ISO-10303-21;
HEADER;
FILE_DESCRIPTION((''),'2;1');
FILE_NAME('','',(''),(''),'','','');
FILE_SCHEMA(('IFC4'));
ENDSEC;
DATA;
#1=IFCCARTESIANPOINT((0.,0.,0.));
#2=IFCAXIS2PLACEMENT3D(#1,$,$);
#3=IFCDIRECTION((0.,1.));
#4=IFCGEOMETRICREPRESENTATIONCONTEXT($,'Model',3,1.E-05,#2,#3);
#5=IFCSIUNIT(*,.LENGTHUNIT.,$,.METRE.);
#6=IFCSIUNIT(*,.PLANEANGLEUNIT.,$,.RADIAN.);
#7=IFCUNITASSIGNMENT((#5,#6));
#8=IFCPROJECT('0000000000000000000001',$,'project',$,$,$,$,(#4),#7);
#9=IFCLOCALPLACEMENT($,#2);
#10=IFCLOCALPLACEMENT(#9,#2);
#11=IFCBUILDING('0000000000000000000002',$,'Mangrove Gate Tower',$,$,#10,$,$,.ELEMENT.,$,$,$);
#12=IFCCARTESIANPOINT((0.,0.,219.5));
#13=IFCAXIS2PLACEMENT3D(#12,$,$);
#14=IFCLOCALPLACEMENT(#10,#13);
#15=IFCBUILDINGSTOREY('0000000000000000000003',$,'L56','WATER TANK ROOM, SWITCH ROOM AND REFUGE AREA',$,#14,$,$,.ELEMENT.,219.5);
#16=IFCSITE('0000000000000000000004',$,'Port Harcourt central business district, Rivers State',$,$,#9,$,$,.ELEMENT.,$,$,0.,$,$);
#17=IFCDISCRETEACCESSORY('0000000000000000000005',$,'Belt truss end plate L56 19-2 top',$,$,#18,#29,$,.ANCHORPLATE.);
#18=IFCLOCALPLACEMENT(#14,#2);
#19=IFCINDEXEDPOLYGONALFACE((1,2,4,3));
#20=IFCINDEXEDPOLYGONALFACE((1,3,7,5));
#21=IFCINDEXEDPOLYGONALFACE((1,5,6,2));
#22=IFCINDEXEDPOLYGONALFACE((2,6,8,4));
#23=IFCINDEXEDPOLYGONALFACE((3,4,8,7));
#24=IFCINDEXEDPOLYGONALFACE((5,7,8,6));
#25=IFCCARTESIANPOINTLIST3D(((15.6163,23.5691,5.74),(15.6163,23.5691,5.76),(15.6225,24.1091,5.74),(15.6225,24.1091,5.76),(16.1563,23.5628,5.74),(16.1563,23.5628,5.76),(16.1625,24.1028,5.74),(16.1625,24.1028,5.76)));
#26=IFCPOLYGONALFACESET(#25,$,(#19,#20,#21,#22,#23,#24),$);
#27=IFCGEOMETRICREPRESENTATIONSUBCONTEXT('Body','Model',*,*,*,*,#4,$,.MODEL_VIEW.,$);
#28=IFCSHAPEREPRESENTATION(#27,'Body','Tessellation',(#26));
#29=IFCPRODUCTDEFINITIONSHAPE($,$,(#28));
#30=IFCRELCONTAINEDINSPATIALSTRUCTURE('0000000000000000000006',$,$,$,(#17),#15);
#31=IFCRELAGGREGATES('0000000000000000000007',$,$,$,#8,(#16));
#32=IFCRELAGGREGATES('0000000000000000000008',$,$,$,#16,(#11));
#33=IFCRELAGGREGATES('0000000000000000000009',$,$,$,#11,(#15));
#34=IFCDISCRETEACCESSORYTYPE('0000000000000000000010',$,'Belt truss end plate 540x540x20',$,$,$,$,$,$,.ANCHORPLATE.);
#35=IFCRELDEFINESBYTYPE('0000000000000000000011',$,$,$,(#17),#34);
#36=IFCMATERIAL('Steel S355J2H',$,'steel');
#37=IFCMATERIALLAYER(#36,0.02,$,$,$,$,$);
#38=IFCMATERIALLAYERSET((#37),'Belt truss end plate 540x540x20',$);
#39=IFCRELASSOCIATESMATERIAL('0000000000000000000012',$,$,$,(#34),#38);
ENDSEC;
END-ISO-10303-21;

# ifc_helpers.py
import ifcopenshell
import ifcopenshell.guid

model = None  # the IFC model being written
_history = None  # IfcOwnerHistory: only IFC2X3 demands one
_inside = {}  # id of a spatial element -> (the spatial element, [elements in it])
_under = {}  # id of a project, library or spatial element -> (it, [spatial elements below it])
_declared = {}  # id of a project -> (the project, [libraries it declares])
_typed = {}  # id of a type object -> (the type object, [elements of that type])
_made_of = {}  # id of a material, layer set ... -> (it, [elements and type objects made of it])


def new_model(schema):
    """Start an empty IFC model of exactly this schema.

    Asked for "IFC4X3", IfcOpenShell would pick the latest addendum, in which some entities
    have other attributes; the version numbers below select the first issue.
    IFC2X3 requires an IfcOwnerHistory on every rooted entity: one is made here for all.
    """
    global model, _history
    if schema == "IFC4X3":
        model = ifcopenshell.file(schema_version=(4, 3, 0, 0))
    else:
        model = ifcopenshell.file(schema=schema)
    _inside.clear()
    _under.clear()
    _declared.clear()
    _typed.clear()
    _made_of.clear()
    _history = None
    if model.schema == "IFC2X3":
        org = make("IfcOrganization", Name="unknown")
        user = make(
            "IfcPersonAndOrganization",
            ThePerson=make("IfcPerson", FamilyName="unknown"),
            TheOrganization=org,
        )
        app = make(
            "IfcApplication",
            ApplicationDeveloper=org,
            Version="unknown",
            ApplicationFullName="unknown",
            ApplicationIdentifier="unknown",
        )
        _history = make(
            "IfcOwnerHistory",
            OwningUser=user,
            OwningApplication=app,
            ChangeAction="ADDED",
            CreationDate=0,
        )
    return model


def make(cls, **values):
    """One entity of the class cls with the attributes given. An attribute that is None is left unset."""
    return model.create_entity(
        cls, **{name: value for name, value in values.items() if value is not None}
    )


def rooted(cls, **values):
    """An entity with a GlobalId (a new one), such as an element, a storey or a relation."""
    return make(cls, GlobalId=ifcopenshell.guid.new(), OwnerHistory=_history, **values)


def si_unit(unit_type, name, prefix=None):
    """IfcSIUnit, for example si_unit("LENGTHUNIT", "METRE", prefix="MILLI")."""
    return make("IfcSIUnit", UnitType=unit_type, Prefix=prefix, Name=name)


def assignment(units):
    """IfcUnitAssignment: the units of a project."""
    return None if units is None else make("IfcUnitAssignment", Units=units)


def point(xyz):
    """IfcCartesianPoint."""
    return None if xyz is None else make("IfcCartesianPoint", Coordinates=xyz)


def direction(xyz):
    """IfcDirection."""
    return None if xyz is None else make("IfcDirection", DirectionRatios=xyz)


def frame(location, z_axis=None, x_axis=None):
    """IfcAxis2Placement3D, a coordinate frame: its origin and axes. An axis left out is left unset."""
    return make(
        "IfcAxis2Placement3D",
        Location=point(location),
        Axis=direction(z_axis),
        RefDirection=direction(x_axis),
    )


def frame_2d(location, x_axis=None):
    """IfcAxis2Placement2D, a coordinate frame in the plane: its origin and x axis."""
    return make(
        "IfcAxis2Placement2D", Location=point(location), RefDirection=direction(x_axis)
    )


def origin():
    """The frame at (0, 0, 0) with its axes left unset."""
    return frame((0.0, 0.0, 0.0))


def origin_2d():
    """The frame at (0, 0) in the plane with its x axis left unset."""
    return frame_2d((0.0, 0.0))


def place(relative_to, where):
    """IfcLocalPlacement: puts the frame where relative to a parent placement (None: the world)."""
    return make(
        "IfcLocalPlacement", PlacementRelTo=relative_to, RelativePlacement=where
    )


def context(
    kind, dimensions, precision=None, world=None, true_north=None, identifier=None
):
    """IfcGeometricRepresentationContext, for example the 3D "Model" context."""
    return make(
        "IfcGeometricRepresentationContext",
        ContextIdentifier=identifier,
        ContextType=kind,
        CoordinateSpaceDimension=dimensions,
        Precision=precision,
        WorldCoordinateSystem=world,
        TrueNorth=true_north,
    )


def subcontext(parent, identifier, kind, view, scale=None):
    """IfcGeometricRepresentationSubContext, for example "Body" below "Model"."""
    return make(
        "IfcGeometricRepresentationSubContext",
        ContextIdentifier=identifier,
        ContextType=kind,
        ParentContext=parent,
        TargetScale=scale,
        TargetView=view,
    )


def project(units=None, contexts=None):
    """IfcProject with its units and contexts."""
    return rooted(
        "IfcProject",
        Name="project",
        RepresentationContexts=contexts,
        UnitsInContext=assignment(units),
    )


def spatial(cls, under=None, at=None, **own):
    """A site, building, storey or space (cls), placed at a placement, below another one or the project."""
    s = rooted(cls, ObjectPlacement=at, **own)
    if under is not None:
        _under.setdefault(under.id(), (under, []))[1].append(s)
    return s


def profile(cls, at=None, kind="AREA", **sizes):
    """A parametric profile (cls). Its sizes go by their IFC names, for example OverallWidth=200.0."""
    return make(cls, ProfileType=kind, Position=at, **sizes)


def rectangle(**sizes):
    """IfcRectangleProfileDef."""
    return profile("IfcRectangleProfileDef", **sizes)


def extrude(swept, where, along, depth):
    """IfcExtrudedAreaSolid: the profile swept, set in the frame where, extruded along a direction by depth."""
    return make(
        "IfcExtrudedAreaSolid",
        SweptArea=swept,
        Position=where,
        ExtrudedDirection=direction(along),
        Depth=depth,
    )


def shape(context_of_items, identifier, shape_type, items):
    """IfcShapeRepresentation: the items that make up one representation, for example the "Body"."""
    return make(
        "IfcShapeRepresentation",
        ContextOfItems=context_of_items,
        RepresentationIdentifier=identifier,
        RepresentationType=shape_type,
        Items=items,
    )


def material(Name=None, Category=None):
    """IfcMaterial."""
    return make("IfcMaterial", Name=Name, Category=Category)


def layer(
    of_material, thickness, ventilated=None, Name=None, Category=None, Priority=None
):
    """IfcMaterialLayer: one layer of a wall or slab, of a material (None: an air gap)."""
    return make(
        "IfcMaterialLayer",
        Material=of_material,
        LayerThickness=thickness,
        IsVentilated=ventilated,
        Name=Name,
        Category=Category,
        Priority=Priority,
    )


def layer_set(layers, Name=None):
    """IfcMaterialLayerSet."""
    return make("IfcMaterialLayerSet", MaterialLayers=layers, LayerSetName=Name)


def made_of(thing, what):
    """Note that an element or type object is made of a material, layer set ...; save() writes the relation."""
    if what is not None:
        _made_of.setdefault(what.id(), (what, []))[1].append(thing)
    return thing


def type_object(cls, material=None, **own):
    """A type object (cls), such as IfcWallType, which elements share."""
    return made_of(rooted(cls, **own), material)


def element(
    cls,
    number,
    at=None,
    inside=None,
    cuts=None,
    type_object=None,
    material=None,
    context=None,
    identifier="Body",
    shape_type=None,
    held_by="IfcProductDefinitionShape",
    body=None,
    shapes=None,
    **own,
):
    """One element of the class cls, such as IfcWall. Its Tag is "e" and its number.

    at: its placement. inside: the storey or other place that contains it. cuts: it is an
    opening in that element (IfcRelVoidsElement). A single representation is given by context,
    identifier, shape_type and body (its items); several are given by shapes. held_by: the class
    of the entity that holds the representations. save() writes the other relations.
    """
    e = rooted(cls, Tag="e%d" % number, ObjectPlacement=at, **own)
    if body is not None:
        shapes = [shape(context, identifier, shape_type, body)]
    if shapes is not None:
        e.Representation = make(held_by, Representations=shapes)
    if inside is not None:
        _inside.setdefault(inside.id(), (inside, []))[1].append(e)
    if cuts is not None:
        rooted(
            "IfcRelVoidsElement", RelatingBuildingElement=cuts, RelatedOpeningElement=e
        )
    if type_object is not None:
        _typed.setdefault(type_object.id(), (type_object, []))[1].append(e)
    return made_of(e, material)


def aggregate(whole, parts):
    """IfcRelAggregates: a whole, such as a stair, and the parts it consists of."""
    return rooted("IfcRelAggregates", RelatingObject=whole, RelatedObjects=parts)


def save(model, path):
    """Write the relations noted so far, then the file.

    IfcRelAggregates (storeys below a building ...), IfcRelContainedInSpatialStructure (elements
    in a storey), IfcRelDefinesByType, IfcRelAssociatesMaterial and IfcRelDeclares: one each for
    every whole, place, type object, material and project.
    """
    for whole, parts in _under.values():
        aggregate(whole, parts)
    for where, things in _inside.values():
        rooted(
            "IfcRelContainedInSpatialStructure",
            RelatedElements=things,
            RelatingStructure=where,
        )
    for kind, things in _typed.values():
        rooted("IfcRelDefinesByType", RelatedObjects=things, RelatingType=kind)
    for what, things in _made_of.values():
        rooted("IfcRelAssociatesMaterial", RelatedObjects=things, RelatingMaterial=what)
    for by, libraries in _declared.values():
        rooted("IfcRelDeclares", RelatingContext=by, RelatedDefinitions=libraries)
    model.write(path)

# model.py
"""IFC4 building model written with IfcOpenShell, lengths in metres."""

from ifc_helpers import new_model, si_unit, direction, frame, origin, origin_2d, place, context, subcontext, project, spatial, rectangle, extrude, material, layer, layer_set, type_object, element, save


model = new_model("IFC4")

# Units and contexts
model_context = context("Model", 3, precision=1e-05, world=origin(), true_north=direction((0.0, 1.0)))
body_context = subcontext(model_context, "Body", "Model", "MODEL_VIEW")
ifc_project = project(units=[si_unit("LENGTHUNIT", "METRE"), si_unit("PLANEANGLEUNIT", "RADIAN")], contexts=[model_context])

# Site, building, storey
site_placement = place(None, origin())
site = spatial("IfcSite", under=ifc_project, at=site_placement, Name="Port Harcourt central business district, Rivers State", CompositionType="ELEMENT", RefElevation=0.0)
building_placement = place(site_placement, origin())
building = spatial("IfcBuilding", under=site, at=building_placement, Name="Mangrove Gate Tower", CompositionType="ELEMENT")
storey_placement = place(building_placement, frame((0.0, 0.0, 219.5)))
storey = spatial("IfcBuildingStorey", under=building, at=storey_placement, Name="L56", Description="WATER TANK ROOM, SWITCH ROOM AND REFUGE AREA", CompositionType="ELEMENT", Elevation=219.5)

# Discrete accessory
ifc_material_1 = material(Name="Steel S355J2H", Category="steel")
ifc_layer_1 = layer(ifc_material_1, 0.02)
ifc_layer_set_1 = layer_set([ifc_layer_1], Name="Belt truss end plate 540x540x20")
discrete_accessory_type_1 = type_object("IfcDiscreteAccessoryType", Name="Belt truss end plate 540x540x20", PredefinedType="ANCHORPLATE", material=ifc_layer_set_1)
for number, where, z_axis, x_axis, name in (
    (1, (15.8894, 23.8359, 5.74), (0.0, 0.0, 1.0), (-0.999933, 0.011609, 0.0), "Belt truss end plate L56 19-2 top"),
):
    element("IfcDiscreteAccessory", number, at=place(storey_placement, frame(where, z_axis=z_axis, x_axis=x_axis)), inside=storey, type_object=discrete_accessory_type_1, Name=name, PredefinedType="ANCHORPLATE", context=body_context, shape_type="SweptSolid", body=[
        extrude(rectangle(XDim=0.54, YDim=0.54, at=origin_2d()), origin(), (0.0, 0.0, 1.0), 0.02),
    ])

save(model, "model.ifc")
